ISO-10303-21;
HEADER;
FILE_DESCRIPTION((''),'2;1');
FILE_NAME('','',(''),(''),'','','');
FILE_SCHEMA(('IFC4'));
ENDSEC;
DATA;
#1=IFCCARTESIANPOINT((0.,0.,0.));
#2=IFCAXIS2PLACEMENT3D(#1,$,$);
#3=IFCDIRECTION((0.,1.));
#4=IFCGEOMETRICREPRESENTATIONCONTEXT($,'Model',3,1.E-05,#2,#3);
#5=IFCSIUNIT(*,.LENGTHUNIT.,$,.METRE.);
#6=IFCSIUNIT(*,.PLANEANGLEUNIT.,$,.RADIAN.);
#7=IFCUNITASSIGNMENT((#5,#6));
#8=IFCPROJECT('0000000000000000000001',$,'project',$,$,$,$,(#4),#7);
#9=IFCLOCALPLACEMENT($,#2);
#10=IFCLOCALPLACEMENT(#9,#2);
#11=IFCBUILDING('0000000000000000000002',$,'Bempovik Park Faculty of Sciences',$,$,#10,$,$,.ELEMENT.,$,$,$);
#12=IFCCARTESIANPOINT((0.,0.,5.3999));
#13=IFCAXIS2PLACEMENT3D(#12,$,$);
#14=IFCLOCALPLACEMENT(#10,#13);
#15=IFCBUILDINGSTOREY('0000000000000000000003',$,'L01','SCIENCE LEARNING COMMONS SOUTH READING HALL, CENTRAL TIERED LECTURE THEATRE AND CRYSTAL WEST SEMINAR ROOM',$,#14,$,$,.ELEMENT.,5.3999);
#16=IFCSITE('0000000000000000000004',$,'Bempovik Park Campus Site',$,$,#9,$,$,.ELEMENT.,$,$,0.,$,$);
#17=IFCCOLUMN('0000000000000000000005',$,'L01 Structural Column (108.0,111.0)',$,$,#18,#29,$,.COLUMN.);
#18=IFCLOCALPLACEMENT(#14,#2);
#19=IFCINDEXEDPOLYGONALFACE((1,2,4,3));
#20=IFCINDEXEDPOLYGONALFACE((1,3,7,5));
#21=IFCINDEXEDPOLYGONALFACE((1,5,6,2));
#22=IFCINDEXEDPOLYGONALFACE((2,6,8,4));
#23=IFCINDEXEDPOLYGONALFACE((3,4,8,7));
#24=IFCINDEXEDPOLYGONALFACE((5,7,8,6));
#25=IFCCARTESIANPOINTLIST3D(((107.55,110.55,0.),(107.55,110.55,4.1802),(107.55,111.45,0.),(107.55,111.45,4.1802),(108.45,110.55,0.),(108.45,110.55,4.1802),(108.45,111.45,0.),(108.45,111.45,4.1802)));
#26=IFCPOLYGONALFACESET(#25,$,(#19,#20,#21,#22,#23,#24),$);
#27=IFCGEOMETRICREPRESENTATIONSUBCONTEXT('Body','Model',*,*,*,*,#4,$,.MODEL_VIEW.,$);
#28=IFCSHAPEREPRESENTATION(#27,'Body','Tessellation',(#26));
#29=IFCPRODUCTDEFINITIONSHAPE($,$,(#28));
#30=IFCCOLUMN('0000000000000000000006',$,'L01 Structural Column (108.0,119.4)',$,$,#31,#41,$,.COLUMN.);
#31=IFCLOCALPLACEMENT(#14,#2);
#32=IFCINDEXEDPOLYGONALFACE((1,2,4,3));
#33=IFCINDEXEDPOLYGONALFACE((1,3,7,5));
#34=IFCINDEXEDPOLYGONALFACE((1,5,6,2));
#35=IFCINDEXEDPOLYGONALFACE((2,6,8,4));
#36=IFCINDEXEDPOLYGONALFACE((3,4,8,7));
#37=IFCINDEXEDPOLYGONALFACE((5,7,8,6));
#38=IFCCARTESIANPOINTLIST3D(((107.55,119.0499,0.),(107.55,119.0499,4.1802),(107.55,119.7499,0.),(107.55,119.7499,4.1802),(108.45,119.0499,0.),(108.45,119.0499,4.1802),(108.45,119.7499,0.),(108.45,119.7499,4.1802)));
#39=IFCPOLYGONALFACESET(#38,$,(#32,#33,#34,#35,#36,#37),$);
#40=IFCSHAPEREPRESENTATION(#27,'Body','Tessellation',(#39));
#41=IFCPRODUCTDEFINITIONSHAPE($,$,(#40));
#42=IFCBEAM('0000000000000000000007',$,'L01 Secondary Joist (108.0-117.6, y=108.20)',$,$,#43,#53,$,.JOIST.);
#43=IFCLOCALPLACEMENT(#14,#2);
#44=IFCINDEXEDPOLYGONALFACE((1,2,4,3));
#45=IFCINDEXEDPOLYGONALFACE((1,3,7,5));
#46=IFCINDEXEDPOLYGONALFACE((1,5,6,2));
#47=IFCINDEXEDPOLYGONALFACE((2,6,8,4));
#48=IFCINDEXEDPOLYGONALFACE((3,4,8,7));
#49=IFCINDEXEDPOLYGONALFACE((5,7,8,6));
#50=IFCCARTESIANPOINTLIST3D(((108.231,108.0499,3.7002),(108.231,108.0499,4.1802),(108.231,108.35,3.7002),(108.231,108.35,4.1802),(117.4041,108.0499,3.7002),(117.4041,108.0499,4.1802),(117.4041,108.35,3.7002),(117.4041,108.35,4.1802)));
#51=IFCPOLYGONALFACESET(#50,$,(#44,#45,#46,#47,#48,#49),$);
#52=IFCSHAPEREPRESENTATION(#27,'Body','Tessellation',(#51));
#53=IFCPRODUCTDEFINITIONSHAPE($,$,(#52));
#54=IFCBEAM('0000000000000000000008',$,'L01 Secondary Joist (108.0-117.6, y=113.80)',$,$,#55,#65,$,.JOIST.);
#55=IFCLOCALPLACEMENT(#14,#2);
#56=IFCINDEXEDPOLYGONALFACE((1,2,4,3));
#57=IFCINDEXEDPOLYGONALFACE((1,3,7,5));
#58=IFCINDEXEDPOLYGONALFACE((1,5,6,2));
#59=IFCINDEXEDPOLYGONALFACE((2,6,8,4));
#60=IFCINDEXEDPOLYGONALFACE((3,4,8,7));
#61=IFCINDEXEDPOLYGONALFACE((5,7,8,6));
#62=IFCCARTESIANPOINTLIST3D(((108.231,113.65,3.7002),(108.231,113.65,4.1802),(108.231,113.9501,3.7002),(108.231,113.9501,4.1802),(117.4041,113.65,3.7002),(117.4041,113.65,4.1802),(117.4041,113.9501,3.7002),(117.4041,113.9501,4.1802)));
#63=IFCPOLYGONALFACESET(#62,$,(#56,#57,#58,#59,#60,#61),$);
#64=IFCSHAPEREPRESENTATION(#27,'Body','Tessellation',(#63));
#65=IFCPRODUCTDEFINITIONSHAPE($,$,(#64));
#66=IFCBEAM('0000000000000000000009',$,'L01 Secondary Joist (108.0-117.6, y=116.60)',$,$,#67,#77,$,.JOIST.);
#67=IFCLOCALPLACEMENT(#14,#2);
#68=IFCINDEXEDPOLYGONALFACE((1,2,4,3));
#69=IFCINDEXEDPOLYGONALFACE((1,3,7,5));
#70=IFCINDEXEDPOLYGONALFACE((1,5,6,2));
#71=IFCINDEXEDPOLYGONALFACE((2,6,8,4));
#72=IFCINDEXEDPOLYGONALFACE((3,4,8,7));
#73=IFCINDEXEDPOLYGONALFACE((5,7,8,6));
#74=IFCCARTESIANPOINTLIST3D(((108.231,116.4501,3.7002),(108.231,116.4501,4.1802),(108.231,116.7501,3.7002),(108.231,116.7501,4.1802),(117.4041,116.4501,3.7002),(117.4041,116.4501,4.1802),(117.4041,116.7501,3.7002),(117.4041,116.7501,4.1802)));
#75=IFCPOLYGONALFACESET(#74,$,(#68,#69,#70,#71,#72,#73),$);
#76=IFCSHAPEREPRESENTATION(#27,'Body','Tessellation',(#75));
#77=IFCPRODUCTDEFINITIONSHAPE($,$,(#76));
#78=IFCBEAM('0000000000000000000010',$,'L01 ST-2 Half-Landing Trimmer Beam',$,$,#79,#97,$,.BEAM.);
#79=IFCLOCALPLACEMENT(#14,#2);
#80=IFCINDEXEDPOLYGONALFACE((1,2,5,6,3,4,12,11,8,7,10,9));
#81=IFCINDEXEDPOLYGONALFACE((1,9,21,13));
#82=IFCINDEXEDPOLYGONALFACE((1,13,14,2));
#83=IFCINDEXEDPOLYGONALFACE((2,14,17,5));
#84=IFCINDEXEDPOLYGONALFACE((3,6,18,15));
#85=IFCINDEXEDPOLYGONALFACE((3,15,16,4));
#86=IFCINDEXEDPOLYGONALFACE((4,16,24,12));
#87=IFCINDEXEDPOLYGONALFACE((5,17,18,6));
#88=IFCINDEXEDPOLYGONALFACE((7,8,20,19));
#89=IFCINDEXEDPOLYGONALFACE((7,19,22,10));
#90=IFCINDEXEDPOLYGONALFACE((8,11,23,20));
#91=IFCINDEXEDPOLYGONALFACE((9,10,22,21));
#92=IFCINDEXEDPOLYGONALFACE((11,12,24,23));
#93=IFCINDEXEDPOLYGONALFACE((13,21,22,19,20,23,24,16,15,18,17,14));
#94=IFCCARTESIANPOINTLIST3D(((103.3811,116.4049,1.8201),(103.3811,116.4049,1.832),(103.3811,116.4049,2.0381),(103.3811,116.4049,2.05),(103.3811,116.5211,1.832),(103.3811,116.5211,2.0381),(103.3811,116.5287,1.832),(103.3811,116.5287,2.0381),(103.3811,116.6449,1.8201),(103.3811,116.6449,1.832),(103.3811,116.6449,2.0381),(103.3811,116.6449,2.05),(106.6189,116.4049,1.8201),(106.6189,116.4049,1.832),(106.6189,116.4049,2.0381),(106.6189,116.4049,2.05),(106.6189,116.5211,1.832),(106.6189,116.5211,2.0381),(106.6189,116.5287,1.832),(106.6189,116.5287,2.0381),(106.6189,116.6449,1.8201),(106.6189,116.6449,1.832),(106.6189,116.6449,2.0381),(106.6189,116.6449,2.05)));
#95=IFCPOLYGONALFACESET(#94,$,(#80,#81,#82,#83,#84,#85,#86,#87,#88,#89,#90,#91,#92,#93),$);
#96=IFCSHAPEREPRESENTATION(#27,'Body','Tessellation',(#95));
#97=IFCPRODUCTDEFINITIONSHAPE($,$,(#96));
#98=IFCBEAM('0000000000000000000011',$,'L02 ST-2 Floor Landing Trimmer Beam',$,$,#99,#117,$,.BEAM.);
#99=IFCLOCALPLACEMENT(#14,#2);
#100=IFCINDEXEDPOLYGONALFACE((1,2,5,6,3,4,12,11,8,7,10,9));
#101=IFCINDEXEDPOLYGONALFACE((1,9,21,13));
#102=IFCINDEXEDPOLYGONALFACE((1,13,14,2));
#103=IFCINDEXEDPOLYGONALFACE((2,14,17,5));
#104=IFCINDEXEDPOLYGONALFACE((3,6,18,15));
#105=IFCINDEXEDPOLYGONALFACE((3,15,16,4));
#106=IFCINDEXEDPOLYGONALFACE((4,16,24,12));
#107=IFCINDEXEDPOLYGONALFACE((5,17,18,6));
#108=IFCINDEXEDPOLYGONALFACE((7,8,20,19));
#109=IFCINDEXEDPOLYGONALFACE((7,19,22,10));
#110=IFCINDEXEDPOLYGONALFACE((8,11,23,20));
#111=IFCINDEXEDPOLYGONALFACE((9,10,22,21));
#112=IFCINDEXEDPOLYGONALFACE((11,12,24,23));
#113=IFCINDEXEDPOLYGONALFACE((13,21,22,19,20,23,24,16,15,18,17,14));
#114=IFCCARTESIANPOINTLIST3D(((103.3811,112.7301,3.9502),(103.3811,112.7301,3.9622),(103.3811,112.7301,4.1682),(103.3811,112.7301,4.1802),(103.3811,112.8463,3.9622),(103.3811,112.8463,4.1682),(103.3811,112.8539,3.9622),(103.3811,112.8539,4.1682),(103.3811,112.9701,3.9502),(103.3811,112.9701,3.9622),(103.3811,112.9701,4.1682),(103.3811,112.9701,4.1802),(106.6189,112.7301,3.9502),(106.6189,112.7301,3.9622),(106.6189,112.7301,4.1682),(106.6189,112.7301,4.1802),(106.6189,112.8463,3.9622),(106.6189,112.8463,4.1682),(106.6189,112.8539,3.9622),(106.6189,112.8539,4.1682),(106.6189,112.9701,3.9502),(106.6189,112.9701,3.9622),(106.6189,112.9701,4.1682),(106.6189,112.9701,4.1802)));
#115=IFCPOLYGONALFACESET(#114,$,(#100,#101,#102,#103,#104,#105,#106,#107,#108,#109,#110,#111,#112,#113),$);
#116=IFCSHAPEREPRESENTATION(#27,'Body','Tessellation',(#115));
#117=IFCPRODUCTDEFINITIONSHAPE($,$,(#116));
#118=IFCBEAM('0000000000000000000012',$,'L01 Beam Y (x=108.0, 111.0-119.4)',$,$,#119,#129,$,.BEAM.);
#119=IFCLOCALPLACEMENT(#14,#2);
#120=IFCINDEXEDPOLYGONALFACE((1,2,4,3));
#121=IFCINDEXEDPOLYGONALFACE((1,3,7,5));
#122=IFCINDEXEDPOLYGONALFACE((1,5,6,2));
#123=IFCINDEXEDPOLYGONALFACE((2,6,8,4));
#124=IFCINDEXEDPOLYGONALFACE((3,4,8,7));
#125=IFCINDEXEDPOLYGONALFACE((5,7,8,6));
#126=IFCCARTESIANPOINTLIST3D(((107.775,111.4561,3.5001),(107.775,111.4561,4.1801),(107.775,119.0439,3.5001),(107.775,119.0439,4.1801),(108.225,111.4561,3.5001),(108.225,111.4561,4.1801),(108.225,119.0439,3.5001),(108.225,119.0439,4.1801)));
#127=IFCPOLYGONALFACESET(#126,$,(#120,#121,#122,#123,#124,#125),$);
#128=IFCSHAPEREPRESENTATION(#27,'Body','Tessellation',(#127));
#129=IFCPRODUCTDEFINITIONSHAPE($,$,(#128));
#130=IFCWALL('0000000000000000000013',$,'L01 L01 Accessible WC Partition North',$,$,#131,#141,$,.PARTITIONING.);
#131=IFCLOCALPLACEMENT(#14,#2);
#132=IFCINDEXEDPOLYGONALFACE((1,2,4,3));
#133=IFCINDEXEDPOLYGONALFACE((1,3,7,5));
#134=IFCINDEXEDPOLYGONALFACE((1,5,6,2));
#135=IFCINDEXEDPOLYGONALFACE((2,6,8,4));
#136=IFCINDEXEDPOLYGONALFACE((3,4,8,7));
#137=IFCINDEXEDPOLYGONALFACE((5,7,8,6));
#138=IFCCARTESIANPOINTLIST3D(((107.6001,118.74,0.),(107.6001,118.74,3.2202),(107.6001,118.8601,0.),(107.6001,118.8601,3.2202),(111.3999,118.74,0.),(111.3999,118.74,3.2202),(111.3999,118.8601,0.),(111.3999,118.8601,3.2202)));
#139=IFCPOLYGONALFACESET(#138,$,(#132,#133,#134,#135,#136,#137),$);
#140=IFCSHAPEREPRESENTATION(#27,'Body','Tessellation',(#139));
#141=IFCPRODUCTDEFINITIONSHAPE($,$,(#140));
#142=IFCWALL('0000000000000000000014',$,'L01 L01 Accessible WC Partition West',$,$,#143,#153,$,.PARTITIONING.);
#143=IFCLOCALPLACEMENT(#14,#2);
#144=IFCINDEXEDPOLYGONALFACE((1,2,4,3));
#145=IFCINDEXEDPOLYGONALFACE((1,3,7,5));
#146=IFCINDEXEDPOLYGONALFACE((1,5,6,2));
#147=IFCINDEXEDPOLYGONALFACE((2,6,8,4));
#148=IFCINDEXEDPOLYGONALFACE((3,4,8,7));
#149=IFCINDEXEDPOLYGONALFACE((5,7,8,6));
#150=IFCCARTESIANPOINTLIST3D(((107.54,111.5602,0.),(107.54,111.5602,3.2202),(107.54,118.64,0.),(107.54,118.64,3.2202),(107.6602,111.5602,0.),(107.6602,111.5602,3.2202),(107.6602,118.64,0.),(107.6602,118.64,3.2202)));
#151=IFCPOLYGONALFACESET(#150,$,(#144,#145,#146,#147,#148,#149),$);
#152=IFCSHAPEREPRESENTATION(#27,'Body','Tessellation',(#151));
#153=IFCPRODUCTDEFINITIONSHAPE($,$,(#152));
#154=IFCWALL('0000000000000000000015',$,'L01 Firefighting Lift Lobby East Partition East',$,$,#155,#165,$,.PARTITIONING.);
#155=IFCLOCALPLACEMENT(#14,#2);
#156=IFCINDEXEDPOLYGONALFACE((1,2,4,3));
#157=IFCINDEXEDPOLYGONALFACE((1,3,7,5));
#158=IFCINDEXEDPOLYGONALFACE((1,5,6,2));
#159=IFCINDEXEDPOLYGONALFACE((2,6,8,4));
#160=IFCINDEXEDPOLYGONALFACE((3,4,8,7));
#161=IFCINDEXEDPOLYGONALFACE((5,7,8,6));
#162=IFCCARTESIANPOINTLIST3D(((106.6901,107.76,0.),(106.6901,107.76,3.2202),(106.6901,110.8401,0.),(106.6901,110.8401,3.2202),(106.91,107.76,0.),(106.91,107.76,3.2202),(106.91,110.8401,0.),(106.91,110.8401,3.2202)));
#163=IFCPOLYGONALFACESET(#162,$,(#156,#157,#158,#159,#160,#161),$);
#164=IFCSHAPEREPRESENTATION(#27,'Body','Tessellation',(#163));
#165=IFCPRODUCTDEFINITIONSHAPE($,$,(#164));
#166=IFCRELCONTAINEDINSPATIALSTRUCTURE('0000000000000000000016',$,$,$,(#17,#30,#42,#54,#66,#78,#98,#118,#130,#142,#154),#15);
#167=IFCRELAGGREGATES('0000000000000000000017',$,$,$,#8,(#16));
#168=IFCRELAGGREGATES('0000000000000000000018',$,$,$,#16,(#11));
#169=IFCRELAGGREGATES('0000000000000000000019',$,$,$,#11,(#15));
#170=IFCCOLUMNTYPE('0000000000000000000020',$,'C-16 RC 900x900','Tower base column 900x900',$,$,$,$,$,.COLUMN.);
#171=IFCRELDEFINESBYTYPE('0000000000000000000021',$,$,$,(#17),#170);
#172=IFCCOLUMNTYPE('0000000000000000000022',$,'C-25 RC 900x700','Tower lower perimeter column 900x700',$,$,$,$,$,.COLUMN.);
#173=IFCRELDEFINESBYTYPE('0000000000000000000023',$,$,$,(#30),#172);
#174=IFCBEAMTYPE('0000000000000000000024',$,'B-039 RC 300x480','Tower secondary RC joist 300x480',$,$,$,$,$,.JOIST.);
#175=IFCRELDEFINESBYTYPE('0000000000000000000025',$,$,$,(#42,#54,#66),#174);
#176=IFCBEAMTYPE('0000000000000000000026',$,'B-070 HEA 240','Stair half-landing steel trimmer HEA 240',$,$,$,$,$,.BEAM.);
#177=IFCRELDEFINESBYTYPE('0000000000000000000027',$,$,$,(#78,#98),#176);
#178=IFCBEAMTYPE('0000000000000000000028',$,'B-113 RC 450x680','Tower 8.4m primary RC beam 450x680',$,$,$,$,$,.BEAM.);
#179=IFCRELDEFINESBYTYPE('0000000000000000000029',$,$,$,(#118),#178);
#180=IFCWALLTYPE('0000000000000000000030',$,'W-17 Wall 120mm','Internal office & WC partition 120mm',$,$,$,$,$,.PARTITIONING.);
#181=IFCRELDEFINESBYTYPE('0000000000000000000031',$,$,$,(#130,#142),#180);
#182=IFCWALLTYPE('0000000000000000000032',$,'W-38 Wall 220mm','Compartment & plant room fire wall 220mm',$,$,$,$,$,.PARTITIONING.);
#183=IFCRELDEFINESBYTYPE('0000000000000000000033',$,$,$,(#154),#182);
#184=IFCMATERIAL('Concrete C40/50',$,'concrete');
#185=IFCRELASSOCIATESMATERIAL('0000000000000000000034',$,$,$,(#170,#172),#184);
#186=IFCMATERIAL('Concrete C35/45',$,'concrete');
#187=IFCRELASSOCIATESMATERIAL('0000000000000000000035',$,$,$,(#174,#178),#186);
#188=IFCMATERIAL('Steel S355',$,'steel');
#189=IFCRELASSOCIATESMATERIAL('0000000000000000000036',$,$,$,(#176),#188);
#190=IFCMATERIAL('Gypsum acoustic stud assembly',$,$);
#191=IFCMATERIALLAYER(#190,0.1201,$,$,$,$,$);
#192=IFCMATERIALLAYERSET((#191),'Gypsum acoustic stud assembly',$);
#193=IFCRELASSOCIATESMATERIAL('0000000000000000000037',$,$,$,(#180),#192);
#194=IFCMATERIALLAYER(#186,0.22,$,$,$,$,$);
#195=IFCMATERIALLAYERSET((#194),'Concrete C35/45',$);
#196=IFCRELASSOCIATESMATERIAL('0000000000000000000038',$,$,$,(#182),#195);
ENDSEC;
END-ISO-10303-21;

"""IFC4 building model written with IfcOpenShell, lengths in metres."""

from ifc_helpers import new_model, si_unit, direction, frame, frame_2d, origin, origin_2d, place, context, subcontext, project, spatial, rectangle, i_section, extrude, material, layer, layer_set, material_profile, profile_set, type_object, element, save


model = new_model("IFC4")

# Units and contexts
model_context = context("Model", 3, precision=1e-05, world=origin(), true_north=direction((0.0, 1.0)))
body_context = subcontext(model_context, "Body", "Model", "MODEL_VIEW")
ifc_project = project(units=[si_unit("LENGTHUNIT", "METRE"), si_unit("PLANEANGLEUNIT", "RADIAN")], contexts=[model_context])

# Site, building, storey
site_placement = place(None, origin())
site = spatial("IfcSite", under=ifc_project, at=site_placement, Name="Bempovik Park Campus Site", CompositionType="ELEMENT", RefElevation=0.0)
building_placement = place(site_placement, origin())
building = spatial("IfcBuilding", under=site, at=building_placement, Name="Bempovik Park Faculty of Sciences", CompositionType="ELEMENT")
storey_placement = place(building_placement, frame((0.0, 0.0, 5.3999)))
storey = spatial("IfcBuildingStorey", under=building, at=storey_placement, Name="L01", Description="SCIENCE LEARNING COMMONS SOUTH READING HALL, CENTRAL TIERED LECTURE THEATRE AND CRYSTAL WEST SEMINAR ROOM", CompositionType="ELEMENT", Elevation=5.3999)

# Columns
ifc_material_1 = material(Name="Concrete C40/50", Category="concrete")
ifc_material_profile_1 = material_profile(ifc_material_1, rectangle(XDim=0.8999, YDim=0.8999, at=origin_2d()), Name="RC 900x900")
ifc_profile_set_1 = profile_set([ifc_material_profile_1], Name="Concrete C40/50")
column_type_1 = type_object("IfcColumnType", Name="C-16 RC 900x900", Description="Tower base column 900x900", PredefinedType="COLUMN", material=ifc_profile_set_1)
column_1_placement = place(storey_placement, frame((108.0, 111.0, 0.0), z_axis=(0.0, 0.0, 1.0), x_axis=(1.0, 0.0, 0.0)))
element("IfcColumn", 1, at=column_1_placement, inside=storey, type_object=column_type_1, Name="L01 Structural Column (108.0,111.0)", PredefinedType="COLUMN", context=body_context, shape_type="SweptSolid", body=[
    extrude(rectangle(XDim=0.8999, YDim=0.8999, at=origin_2d()), origin(), (0.0, 0.0, 1.0), 4.1802),
])
ifc_material_profile_2 = material_profile(ifc_material_1, rectangle(XDim=0.8999, YDim=0.7, at=origin_2d()), Name="RC 900x700")
ifc_profile_set_2 = profile_set([ifc_material_profile_2], Name="Concrete C40/50")
column_type_2 = type_object("IfcColumnType", Name="C-25 RC 900x700", Description="Tower lower perimeter column 900x700", PredefinedType="COLUMN", material=ifc_profile_set_2)
column_2_placement = place(storey_placement, frame((108.0, 119.3999, 0.0), z_axis=(0.0, 0.0, 1.0), x_axis=(1.0, 0.0, 0.0)))
element("IfcColumn", 2, at=column_2_placement, inside=storey, type_object=column_type_2, Name="L01 Structural Column (108.0,119.4)", PredefinedType="COLUMN", context=body_context, shape_type="SweptSolid", body=[
    extrude(rectangle(XDim=0.8999, YDim=0.7, at=origin_2d()), origin(), (0.0, 0.0, 1.0), 4.1802),
])

# Beams
ifc_material_2 = material(Name="Concrete C35/45", Category="concrete")
ifc_material_profile_3 = material_profile(ifc_material_2, rectangle(XDim=0.3, YDim=0.48, at=origin_2d()), Name="RC 300x480")
ifc_profile_set_3 = profile_set([ifc_material_profile_3], Name="Concrete C35/45")
beam_type_1 = type_object("IfcBeamType", Name="B-039 RC 300x480", Description="Tower secondary RC joist 300x480", PredefinedType="JOIST", material=ifc_profile_set_3)
for number, where, z_axis, x_axis, name in (
    (3, (108.231, 108.2, 3.9402), (1.0, 0.0, 0.0), (0.0, 1.0, 0.0), "L01 Secondary Joist (108.0-117.6, y=108.20)"),
    (4, (108.231, 113.8, 3.9402), (1.0, 0.0, 0.0), (0.0, 1.0, 0.0), "L01 Secondary Joist (108.0-117.6, y=113.80)"),
    (5, (108.231, 116.6001, 3.9402), (1.0, 0.0, 0.0), (0.0, 1.0, 0.0), "L01 Secondary Joist (108.0-117.6, y=116.60)"),
):
    element("IfcBeam", number, at=place(storey_placement, frame(where, z_axis=z_axis, x_axis=x_axis)), inside=storey, type_object=beam_type_1, Name=name, PredefinedType="JOIST", context=body_context, shape_type="SweptSolid", body=[
        extrude(rectangle(XDim=0.3, YDim=0.48, at=origin_2d()), origin(), (0.0, 0.0, 1.0), 9.1731),
    ])
ifc_material_3 = material(Name="Steel S355", Category="steel")
ifc_material_profile_4 = material_profile(ifc_material_3, i_section(OverallWidth=0.24, OverallDepth=0.23, WebThickness=0.0076, FlangeThickness=0.012, at=origin_2d()), Name="HEA 240")
ifc_profile_set_4 = profile_set([ifc_material_profile_4], Name="Steel S355")
beam_type_2 = type_object("IfcBeamType", Name="B-070 HEA 240", Description="Stair half-landing steel trimmer HEA 240", PredefinedType="BEAM", material=ifc_profile_set_4)
for number, where, z_axis, x_axis, name in (
    (6, (103.3811, 116.5249, 1.9351), (1.0, 0.0, 0.0), (0.0, 1.0, 0.0), "L01 ST-2 Half-Landing Trimmer Beam"),
    (7, (103.3811, 112.8501, 4.0652), (1.0, 0.0, 0.0), (0.0, 1.0, 0.0), "L02 ST-2 Floor Landing Trimmer Beam"),
):
    element("IfcBeam", number, at=place(storey_placement, frame(where, z_axis=z_axis, x_axis=x_axis)), inside=storey, type_object=beam_type_2, Name=name, PredefinedType="BEAM", context=body_context, shape_type="SweptSolid", body=[
        extrude(i_section(OverallWidth=0.24, OverallDepth=0.23, WebThickness=0.0076, FlangeThickness=0.012, at=origin_2d()), origin(), (0.0, 0.0, 1.0), 3.2378),
    ])
ifc_material_profile_5 = material_profile(ifc_material_2, rectangle(XDim=0.45, YDim=0.6799, at=origin_2d()), Name="RC 450x680")
ifc_profile_set_5 = profile_set([ifc_material_profile_5], Name="Concrete C35/45")
beam_type_3 = type_object("IfcBeamType", Name="B-113 RC 450x680", Description="Tower 8.4m primary RC beam 450x680", PredefinedType="BEAM", material=ifc_profile_set_5)
beam_placement = place(storey_placement, frame((108.0, 111.4561, 3.8401), z_axis=(0.0, 1.0, 0.0), x_axis=(-1.0, 0.0, 0.0)))
element("IfcBeam", 8, at=beam_placement, inside=storey, type_object=beam_type_3, Name="L01 Beam Y (x=108.0, 111.0-119.4)", PredefinedType="BEAM", context=body_context, shape_type="SweptSolid", body=[
    extrude(rectangle(XDim=0.45, YDim=0.6799, at=origin_2d()), origin(), (0.0, 0.0, 1.0), 7.5879),
])

# Shared definitions
ifc_material_4 = material(Name="Gypsum acoustic stud assembly")
ifc_layer_1 = layer(ifc_material_4, 0.1201)
ifc_layer_set_1 = layer_set([ifc_layer_1], Name="Gypsum acoustic stud assembly")
wall_type_1 = type_object("IfcWallType", Name="W-17 Wall 120mm", Description="Internal office & WC partition 120mm", PredefinedType="PARTITIONING", material=ifc_layer_set_1)

# Walls
wall_1_placement = place(storey_placement, frame((107.6001, 118.8, 0.0), z_axis=(0.0, 0.0, 1.0), x_axis=(1.0, 0.0, 0.0)))
element("IfcWall", 9, at=wall_1_placement, inside=storey, type_object=wall_type_1, Name="L01 L01 Accessible WC Partition North", PredefinedType="PARTITIONING", context=body_context, shape_type="SweptSolid", body=[
    extrude(rectangle(XDim=3.7998, YDim=0.1201, at=frame_2d((1.8999, 0.0))), origin(), (0.0, 0.0, 1.0), 3.2202),
])
wall_2_placement = place(storey_placement, frame((107.6001, 111.5601, 0.0), z_axis=(0.0, 0.0, 1.0), x_axis=(0.0, 1.0, 0.0)))
element("IfcWall", 10, at=wall_2_placement, inside=storey, type_object=wall_type_1, Name="L01 L01 Accessible WC Partition West", PredefinedType="PARTITIONING", context=body_context, shape_type="SweptSolid", body=[
    extrude(rectangle(XDim=7.0798, YDim=0.1201, at=frame_2d((3.54, 0.0))), origin(), (0.0, 0.0, 1.0), 3.2202),
])
ifc_layer_2 = layer(ifc_material_2, 0.22)
ifc_layer_set_2 = layer_set([ifc_layer_2], Name="Concrete C35/45")
wall_type_2 = type_object("IfcWallType", Name="W-38 Wall 220mm", Description="Compartment & plant room fire wall 220mm", PredefinedType="PARTITIONING", material=ifc_layer_set_2)
wall_3_placement = place(storey_placement, frame((106.8, 107.76, 0.0), z_axis=(0.0, 0.0, 1.0), x_axis=(0.0, 1.0, 0.0)))
element("IfcWall", 11, at=wall_3_placement, inside=storey, type_object=wall_type_2, Name="L01 Firefighting Lift Lobby East Partition East", PredefinedType="PARTITIONING", context=body_context, shape_type="SweptSolid", body=[
    extrude(rectangle(XDim=3.0801, YDim=0.22, at=frame_2d((1.54, 0.0))), origin(), (0.0, 0.0, 1.0), 3.2202),
])

save(model, "model.ifc")
